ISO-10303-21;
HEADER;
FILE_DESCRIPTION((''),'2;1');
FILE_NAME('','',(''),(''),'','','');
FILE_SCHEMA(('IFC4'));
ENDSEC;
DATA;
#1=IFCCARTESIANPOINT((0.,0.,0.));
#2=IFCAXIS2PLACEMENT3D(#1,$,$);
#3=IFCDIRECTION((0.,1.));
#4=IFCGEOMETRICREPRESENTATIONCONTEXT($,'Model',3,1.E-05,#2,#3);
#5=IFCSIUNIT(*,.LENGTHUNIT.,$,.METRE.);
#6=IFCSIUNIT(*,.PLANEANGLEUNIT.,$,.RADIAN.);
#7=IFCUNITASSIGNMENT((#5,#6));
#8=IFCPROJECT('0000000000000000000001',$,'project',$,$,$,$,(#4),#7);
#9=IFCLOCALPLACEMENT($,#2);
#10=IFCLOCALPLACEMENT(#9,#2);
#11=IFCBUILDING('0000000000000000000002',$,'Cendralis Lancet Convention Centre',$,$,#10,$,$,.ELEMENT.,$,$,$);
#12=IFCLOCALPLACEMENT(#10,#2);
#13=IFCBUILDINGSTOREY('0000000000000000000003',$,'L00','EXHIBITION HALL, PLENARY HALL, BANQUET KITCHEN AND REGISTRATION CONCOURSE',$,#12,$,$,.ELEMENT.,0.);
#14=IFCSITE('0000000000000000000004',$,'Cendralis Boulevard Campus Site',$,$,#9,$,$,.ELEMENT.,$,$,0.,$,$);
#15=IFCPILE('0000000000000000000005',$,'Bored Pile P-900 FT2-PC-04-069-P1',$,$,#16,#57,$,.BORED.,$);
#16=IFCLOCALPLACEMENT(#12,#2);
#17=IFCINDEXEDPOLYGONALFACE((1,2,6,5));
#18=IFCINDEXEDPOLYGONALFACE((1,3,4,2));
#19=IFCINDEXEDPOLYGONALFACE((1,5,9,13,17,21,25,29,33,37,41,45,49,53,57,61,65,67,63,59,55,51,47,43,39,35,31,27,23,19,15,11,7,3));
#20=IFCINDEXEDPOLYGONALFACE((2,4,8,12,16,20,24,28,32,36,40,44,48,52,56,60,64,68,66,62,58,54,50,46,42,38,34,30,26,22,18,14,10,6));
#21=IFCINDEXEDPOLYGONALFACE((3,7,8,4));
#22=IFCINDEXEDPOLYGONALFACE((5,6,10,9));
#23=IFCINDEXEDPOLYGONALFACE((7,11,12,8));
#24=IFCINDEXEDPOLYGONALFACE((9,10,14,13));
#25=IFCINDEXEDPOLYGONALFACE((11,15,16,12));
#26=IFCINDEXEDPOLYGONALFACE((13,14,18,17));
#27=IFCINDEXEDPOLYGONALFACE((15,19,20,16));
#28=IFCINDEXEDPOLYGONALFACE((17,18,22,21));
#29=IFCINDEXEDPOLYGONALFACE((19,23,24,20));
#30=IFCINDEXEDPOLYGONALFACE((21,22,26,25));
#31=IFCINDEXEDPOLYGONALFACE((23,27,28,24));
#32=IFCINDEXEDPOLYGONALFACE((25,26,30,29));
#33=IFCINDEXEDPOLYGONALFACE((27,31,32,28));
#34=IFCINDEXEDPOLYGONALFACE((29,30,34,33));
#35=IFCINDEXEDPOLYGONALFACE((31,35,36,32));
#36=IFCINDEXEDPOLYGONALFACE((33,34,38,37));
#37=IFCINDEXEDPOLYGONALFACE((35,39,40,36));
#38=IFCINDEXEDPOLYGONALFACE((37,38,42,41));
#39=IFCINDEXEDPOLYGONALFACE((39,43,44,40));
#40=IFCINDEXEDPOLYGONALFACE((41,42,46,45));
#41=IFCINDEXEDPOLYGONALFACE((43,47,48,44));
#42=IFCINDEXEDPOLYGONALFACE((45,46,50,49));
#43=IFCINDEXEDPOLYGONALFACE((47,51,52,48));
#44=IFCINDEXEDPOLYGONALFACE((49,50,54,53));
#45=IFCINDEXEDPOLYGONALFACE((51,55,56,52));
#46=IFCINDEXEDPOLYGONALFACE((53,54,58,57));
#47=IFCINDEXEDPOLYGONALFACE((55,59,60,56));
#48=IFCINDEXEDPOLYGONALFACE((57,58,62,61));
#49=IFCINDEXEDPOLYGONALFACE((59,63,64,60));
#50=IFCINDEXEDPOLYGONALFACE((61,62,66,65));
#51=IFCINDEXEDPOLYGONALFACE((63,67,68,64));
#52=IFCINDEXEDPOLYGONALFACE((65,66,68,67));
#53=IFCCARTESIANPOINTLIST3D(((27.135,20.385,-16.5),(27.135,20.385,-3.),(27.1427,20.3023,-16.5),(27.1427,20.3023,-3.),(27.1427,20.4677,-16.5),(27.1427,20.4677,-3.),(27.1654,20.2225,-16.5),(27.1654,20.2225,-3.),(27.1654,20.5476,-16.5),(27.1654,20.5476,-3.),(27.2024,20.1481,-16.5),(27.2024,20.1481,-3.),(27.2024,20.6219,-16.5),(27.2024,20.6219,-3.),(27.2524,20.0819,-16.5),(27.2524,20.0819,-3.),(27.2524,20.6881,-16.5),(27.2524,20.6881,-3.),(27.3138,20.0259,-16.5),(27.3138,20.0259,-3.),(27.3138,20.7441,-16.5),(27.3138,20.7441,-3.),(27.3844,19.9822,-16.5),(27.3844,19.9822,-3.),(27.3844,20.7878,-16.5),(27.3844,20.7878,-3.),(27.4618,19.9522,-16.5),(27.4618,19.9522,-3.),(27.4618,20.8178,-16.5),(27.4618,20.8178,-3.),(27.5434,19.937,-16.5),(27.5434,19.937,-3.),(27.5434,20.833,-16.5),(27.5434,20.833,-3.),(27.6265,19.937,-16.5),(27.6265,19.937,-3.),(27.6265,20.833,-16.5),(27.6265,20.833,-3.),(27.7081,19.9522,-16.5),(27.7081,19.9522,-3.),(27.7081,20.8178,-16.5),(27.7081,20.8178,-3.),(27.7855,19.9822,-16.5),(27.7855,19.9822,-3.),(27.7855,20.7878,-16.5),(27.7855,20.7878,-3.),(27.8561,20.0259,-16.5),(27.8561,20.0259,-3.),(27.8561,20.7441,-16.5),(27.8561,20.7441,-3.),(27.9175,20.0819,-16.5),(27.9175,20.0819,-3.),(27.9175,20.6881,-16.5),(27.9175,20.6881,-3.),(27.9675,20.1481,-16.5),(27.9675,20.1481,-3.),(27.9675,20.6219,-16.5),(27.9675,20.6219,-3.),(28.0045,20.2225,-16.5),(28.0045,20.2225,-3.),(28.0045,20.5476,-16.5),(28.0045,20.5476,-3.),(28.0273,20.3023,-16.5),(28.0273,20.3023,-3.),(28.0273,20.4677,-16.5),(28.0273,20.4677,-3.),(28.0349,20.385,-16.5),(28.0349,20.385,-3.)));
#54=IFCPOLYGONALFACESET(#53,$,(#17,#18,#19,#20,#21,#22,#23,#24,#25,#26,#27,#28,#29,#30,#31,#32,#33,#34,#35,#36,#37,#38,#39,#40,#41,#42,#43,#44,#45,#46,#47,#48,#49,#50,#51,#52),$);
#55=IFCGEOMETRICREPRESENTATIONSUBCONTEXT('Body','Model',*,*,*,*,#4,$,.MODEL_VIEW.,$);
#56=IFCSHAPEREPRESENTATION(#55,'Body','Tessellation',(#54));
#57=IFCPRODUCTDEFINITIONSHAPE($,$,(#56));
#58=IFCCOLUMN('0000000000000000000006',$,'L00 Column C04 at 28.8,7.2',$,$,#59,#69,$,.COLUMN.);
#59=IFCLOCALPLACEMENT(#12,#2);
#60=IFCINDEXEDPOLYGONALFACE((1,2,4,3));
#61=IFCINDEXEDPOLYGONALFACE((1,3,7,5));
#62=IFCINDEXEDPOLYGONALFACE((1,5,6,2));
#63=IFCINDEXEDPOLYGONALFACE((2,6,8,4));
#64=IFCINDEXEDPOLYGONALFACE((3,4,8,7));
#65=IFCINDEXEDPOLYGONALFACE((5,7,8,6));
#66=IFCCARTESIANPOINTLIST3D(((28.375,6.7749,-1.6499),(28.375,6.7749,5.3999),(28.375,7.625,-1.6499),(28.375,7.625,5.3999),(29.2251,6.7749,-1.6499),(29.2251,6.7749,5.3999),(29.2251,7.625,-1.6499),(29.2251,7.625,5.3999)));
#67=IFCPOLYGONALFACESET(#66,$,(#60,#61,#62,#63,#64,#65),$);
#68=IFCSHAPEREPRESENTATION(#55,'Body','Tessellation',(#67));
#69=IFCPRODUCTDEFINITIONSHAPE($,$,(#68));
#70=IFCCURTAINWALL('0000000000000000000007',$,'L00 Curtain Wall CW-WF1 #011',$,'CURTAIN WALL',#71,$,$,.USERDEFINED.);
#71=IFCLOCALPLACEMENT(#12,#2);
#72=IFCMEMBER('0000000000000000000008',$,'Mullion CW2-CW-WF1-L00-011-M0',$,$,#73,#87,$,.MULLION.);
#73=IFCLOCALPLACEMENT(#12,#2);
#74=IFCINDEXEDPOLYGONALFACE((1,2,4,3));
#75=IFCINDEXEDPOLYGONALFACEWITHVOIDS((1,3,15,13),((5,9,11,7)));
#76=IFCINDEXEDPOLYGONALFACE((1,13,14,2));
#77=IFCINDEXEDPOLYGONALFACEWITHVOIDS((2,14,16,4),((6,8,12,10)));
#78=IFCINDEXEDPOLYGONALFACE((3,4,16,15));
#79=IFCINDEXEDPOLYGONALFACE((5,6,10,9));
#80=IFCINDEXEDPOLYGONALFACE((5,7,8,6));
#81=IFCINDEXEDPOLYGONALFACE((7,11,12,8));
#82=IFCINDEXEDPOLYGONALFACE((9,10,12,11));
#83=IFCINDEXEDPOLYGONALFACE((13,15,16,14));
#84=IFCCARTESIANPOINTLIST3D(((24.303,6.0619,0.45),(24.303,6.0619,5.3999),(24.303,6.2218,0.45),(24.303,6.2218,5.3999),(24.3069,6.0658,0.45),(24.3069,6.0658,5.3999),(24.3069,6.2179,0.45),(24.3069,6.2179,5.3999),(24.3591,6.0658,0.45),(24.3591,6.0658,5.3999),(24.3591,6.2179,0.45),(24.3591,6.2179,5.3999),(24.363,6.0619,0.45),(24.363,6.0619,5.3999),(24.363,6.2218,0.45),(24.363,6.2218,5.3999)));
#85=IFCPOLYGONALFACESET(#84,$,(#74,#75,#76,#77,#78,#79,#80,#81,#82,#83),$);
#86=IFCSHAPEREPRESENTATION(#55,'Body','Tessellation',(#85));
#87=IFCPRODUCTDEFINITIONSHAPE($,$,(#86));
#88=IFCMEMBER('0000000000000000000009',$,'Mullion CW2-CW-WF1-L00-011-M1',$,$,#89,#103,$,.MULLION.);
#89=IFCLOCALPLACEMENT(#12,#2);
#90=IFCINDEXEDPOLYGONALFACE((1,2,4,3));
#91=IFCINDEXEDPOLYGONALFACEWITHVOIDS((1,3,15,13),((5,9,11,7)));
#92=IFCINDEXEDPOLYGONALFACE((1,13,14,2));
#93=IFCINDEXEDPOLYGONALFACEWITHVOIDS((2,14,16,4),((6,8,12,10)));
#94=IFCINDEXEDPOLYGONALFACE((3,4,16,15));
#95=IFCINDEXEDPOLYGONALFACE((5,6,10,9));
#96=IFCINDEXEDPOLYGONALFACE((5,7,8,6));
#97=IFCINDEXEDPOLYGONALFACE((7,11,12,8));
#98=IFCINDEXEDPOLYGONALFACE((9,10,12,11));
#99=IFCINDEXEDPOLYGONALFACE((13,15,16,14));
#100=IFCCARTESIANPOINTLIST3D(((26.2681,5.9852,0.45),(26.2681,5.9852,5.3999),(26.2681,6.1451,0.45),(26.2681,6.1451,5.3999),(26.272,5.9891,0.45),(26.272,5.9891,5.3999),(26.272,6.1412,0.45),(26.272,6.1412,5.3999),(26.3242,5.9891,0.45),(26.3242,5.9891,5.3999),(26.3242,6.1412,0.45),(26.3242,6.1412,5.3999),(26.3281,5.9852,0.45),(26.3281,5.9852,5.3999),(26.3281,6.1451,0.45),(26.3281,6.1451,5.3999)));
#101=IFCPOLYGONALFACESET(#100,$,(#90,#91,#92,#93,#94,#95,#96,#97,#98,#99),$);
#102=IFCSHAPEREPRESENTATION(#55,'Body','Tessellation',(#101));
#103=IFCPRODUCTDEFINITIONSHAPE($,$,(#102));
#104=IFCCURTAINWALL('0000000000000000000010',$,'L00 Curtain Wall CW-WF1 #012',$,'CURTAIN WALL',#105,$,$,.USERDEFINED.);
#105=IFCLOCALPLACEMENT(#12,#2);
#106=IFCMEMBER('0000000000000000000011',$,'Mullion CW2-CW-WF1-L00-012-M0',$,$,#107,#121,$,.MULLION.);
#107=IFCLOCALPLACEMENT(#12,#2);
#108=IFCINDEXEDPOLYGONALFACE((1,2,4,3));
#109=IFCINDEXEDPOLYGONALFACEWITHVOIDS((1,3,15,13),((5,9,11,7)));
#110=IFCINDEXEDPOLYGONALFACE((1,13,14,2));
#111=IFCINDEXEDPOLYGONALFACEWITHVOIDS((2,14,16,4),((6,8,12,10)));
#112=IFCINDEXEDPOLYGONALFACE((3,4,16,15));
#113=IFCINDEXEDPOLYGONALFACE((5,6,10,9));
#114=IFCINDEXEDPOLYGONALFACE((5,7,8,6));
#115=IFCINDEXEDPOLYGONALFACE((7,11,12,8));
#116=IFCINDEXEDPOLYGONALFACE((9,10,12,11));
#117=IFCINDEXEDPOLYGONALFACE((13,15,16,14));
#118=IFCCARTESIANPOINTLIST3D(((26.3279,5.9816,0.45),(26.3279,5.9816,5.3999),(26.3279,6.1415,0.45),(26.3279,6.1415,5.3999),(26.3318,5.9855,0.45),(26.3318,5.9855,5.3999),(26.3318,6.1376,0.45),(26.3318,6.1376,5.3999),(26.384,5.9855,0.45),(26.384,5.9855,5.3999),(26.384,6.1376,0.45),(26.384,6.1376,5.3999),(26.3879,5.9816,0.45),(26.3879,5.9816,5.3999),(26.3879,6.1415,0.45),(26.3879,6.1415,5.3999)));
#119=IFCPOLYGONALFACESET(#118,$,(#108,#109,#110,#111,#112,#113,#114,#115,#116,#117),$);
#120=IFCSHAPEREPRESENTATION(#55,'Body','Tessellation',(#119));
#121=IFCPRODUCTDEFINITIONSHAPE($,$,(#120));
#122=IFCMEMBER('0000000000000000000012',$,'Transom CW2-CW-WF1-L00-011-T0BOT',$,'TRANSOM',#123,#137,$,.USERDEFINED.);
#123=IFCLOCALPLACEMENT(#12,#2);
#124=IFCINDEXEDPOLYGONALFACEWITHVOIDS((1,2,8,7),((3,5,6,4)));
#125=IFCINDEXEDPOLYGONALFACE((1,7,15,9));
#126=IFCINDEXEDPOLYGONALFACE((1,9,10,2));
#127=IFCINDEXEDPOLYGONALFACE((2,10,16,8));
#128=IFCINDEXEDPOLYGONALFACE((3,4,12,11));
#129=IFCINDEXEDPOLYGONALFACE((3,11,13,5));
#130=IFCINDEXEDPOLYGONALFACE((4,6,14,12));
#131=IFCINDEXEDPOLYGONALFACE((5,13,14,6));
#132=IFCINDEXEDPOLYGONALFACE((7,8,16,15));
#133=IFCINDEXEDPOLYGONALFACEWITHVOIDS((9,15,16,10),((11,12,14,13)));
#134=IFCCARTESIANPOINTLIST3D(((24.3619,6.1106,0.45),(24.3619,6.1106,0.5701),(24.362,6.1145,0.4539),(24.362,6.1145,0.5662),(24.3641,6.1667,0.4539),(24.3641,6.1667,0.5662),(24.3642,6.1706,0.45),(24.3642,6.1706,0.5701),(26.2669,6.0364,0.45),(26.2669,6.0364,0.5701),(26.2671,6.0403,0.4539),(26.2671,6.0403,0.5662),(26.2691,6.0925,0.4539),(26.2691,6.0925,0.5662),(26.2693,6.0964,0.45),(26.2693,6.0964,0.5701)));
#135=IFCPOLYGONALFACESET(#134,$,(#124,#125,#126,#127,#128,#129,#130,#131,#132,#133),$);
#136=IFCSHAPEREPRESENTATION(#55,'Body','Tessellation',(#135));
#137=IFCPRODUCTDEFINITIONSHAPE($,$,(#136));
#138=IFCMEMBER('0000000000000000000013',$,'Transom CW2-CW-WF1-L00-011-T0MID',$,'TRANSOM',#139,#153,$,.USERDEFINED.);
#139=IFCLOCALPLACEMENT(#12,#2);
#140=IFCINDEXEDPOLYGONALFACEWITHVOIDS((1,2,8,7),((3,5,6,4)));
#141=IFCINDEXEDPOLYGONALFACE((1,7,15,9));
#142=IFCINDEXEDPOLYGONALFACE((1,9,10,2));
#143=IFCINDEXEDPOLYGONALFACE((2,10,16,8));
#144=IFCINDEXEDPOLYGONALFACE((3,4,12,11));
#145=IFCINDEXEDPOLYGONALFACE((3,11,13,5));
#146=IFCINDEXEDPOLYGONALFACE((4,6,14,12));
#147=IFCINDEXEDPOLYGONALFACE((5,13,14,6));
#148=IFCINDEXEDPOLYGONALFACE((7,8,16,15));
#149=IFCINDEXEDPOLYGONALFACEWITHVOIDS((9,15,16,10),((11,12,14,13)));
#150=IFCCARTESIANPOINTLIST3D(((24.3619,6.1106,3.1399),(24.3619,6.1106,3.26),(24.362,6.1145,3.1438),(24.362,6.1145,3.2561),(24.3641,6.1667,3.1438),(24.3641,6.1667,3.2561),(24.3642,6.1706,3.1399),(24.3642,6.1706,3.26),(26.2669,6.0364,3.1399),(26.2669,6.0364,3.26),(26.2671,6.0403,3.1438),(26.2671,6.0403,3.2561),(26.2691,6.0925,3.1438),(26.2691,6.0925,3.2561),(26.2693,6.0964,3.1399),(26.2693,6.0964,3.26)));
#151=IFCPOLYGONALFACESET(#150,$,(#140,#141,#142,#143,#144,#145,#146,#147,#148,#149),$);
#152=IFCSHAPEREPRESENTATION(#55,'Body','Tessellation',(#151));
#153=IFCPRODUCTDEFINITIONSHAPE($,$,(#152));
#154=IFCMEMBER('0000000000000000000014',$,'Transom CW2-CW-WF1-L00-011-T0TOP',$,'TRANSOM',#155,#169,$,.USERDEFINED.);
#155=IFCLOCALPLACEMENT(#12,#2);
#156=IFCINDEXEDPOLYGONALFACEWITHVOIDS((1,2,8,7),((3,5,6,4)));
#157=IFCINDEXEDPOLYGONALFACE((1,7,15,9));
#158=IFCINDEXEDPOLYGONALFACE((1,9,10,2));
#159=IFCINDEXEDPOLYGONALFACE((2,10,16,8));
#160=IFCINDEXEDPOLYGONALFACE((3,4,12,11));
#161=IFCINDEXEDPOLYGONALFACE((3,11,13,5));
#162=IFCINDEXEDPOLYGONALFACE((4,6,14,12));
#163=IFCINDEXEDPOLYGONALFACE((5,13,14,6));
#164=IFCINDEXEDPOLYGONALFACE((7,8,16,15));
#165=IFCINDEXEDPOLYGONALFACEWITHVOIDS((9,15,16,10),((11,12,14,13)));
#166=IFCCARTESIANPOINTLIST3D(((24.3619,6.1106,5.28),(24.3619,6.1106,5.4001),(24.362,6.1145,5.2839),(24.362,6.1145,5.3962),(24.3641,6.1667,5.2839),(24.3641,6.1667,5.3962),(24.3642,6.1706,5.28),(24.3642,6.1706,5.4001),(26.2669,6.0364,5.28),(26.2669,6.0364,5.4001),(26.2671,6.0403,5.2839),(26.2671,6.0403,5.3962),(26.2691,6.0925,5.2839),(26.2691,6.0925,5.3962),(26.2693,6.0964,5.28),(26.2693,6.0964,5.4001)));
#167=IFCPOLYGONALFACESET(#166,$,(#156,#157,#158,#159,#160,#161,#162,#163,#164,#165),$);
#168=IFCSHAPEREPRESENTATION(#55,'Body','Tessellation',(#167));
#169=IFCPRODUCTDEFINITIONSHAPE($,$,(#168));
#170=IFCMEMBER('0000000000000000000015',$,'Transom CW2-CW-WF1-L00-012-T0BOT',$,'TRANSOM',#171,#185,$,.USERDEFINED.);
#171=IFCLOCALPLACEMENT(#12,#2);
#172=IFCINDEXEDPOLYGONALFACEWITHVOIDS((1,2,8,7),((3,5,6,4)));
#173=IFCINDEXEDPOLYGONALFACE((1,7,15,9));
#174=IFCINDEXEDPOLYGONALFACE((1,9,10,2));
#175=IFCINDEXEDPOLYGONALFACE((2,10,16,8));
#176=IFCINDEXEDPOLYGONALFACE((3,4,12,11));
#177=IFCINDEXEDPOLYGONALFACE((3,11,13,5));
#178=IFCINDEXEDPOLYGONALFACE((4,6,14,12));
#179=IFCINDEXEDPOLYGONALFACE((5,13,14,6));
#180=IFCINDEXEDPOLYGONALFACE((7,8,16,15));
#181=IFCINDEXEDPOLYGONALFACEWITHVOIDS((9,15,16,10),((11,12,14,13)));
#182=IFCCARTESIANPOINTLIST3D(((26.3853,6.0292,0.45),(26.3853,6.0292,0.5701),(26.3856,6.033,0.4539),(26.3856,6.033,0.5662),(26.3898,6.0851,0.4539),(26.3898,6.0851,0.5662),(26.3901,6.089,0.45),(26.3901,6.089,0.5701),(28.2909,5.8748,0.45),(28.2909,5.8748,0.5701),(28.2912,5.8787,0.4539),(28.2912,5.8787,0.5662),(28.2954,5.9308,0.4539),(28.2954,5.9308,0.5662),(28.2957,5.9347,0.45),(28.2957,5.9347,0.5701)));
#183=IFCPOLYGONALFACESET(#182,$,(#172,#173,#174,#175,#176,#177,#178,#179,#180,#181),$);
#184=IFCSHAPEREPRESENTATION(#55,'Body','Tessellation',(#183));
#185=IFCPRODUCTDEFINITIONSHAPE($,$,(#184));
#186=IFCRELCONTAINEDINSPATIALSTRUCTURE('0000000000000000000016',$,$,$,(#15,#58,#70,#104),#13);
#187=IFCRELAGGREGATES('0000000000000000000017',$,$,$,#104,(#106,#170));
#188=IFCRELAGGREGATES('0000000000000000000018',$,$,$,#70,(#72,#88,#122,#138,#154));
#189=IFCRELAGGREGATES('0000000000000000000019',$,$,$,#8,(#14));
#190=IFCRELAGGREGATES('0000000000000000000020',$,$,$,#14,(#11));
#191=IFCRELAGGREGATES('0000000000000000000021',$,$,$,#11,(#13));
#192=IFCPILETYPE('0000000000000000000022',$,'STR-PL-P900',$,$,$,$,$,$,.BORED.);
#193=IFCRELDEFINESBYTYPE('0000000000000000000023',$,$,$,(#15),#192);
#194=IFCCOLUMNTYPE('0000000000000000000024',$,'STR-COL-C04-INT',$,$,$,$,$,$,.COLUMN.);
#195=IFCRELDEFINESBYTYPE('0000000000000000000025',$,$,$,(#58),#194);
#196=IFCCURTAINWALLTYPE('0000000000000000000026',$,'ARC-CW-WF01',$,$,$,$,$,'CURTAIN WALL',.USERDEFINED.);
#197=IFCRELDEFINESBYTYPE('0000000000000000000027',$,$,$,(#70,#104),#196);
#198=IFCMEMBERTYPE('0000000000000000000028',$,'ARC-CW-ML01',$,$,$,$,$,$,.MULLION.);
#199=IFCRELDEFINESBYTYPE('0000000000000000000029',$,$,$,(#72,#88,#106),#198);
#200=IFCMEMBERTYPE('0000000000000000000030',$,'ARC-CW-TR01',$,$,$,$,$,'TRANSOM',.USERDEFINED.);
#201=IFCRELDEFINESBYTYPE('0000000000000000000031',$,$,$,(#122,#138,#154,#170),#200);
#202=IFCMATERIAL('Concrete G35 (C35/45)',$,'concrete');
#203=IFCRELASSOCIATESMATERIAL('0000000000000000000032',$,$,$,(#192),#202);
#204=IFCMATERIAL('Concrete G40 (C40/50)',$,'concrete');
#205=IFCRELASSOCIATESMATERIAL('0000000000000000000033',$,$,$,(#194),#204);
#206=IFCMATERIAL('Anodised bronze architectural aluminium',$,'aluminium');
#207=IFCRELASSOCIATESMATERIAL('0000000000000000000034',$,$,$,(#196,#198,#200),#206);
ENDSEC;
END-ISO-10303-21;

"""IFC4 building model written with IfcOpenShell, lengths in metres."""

from ifc_helpers import new_model, si_unit, direction, frame, origin, origin_2d, place, context, subcontext, project, spatial, rectangle, hollow_rectangle, circle, extrude, material, material_profile, profile_set, type_object, element, aggregate, save


model = new_model("IFC4")

# Units and contexts
model_context = context("Model", 3, precision=1e-05, world=origin(), true_north=direction((0.0, 1.0)))
body_context = subcontext(model_context, "Body", "Model", "MODEL_VIEW")
ifc_project = project(units=[si_unit("LENGTHUNIT", "METRE"), si_unit("PLANEANGLEUNIT", "RADIAN")], contexts=[model_context])

# Site, building, storey
site_placement = place(None, origin())
site = spatial("IfcSite", under=ifc_project, at=site_placement, Name="Cendralis Boulevard Campus Site", CompositionType="ELEMENT", RefElevation=0.0)
building_placement = place(site_placement, origin())
building = spatial("IfcBuilding", under=site, at=building_placement, Name="Cendralis Lancet Convention Centre", CompositionType="ELEMENT")
storey_placement = place(building_placement, origin())
storey = spatial("IfcBuildingStorey", under=building, at=storey_placement, Name="L00", Description="EXHIBITION HALL, PLENARY HALL, BANQUET KITCHEN AND REGISTRATION CONCOURSE", CompositionType="ELEMENT", Elevation=0.0)

# Shared definitions
ifc_material_1 = material(Name="Concrete G35 (C35/45)", Category="concrete")

# Pile
ifc_material_profile_1 = material_profile(ifc_material_1, circle(Radius=0.45, at=origin_2d()), Name="BORED PILE D900")
ifc_profile_set_1 = profile_set([ifc_material_profile_1], Name="Concrete G35 (C35/45)")
pile_type = type_object("IfcPileType", Name="STR-PL-P900", PredefinedType="BORED", material=ifc_profile_set_1)
for number, where, z_axis, x_axis, name in (
    (1, (27.585, 20.385, -3.0), (0.0, 0.0, -1.0), (1.0, 0.0, 0.0), "Bored Pile P-900 FT2-PC-04-069-P1"),
):
    element("IfcPile", number, at=place(storey_placement, frame(where, z_axis=z_axis, x_axis=x_axis)), inside=storey, type_object=pile_type, Name=name, PredefinedType="BORED", context=body_context, shape_type="SweptSolid", body=[
        extrude(circle(Radius=0.45, at=origin_2d()), origin(), (0.0, 0.0, 1.0), 13.5),
    ])

# Column
ifc_material_2 = material(Name="Concrete G40 (C40/50)", Category="concrete")
ifc_material_profile_2 = material_profile(ifc_material_2, rectangle(XDim=0.8501, YDim=0.8501, at=origin_2d()), Name="RC 850x850")
ifc_profile_set_2 = profile_set([ifc_material_profile_2], Name="Concrete G40 (C40/50)")
column_type = type_object("IfcColumnType", Name="STR-COL-C04-INT", PredefinedType="COLUMN", material=ifc_profile_set_2)
column_placement = place(storey_placement, frame((28.8, 7.2, -1.6499), z_axis=(0.0, 0.0, 1.0), x_axis=(1.0, 0.0, 0.0)))
element("IfcColumn", 2, at=column_placement, inside=storey, type_object=column_type, Name="L00 Column C04 at 28.8,7.2", PredefinedType="COLUMN", context=body_context, shape_type="SweptSolid", body=[
    extrude(rectangle(XDim=0.8501, YDim=0.8501, at=origin_2d()), origin(), (0.0, 0.0, 1.0), 7.0498),
])

# Curtain wall, members
ifc_material_3 = material(Name="Anodised bronze architectural aluminium", Category="aluminium")
curtain_wall_type = type_object("IfcCurtainWallType", Name="ARC-CW-WF01", ElementType="CURTAIN WALL", PredefinedType="USERDEFINED", material=ifc_material_3)
curtain_wall_1_placement = place(storey_placement, origin())
curtain_wall_1 = element("IfcCurtainWall", 3, at=curtain_wall_1_placement, inside=storey, type_object=curtain_wall_type, Name="L00 Curtain Wall CW-WF1 #011", ObjectType="CURTAIN WALL", PredefinedType="USERDEFINED")
ifc_material_profile_3 = material_profile(ifc_material_3, hollow_rectangle(XDim=0.0601, YDim=0.1599, WallThickness=0.0039, at=origin_2d()), Name="AL-MULL 60x160x4.0")
ifc_profile_set_3 = profile_set([ifc_material_profile_3], Name="Anodised bronze architectural aluminium")
member_type_1 = type_object("IfcMemberType", Name="ARC-CW-ML01", PredefinedType="MULLION", material=ifc_profile_set_3)
member_1_placement = place(storey_placement, frame((24.333, 6.1418, 0.45), z_axis=(0.0, 0.0, 1.0), x_axis=(1.0, 0.0, 0.0)))
member_1 = element("IfcMember", 4, at=member_1_placement, type_object=member_type_1, Name="Mullion CW2-CW-WF1-L00-011-M0", PredefinedType="MULLION", context=body_context, shape_type="SweptSolid", body=[
    extrude(hollow_rectangle(XDim=0.0601, YDim=0.1599, WallThickness=0.0039, at=origin_2d()), origin(), (0.0, 0.0, 1.0), 4.95),
])
member_2_placement = place(storey_placement, frame((26.2981, 6.0652, 0.45), z_axis=(0.0, 0.0, 1.0), x_axis=(1.0, 0.0, 0.0)))
member_2 = element("IfcMember", 5, at=member_2_placement, type_object=member_type_1, Name="Mullion CW2-CW-WF1-L00-011-M1", PredefinedType="MULLION", context=body_context, shape_type="SweptSolid", body=[
    extrude(hollow_rectangle(XDim=0.0601, YDim=0.1599, WallThickness=0.0039, at=origin_2d()), origin(), (0.0, 0.0, 1.0), 4.95),
])

# Curtain wall, member
curtain_wall_2_placement = place(storey_placement, origin())
curtain_wall_2 = element("IfcCurtainWall", 6, at=curtain_wall_2_placement, inside=storey, type_object=curtain_wall_type, Name="L00 Curtain Wall CW-WF1 #012", ObjectType="CURTAIN WALL", PredefinedType="USERDEFINED")
member_3_placement = place(storey_placement, frame((26.3579, 6.0615, 0.45), z_axis=(0.0, 0.0, 1.0), x_axis=(1.0, 0.0, 0.0)))
member_3 = element("IfcMember", 7, at=member_3_placement, type_object=member_type_1, Name="Mullion CW2-CW-WF1-L00-012-M0", PredefinedType="MULLION", context=body_context, shape_type="SweptSolid", body=[
    extrude(hollow_rectangle(XDim=0.0601, YDim=0.1599, WallThickness=0.0039, at=origin_2d()), origin(), (0.0, 0.0, 1.0), 4.95),
])

# Members
ifc_material_profile_4 = material_profile(ifc_material_3, hollow_rectangle(XDim=0.0601, YDim=0.1201, WallThickness=0.0039, at=origin_2d()), Name="AL-TRAN 60x120x4.0")
ifc_profile_set_4 = profile_set([ifc_material_profile_4], Name="Anodised bronze architectural aluminium")
member_type_2 = type_object("IfcMemberType", Name="ARC-CW-TR01", ElementType="TRANSOM", PredefinedType="USERDEFINED", material=ifc_profile_set_4)
member_4_placement = place(storey_placement, frame((24.363, 6.1406, 0.51), z_axis=(0.999242, -0.03893, 0.0), x_axis=(0.03893, 0.999242, 0.0)))
member_4 = element("IfcMember", 8, at=member_4_placement, type_object=member_type_2, Name="Transom CW2-CW-WF1-L00-011-T0BOT", ObjectType="TRANSOM", PredefinedType="USERDEFINED", context=body_context, shape_type="SweptSolid", body=[
    extrude(hollow_rectangle(XDim=0.0601, YDim=0.1201, WallThickness=0.0039, at=origin_2d()), origin(), (0.0, 0.0, 1.0), 1.9065),
])
member_5_placement = place(storey_placement, frame((24.363, 6.1406, 3.2), z_axis=(0.999242, -0.03893, 0.0), x_axis=(0.03893, 0.999242, 0.0)))
member_5 = element("IfcMember", 9, at=member_5_placement, type_object=member_type_2, Name="Transom CW2-CW-WF1-L00-011-T0MID", ObjectType="TRANSOM", PredefinedType="USERDEFINED", context=body_context, shape_type="SweptSolid", body=[
    extrude(hollow_rectangle(XDim=0.0601, YDim=0.1201, WallThickness=0.0039, at=origin_2d()), origin(), (0.0, 0.0, 1.0), 1.9065),
])
member_6_placement = place(storey_placement, frame((24.363, 6.1406, 5.3401), z_axis=(0.999242, -0.03893, 0.0), x_axis=(0.03893, 0.999242, 0.0)))
member_6 = element("IfcMember", 10, at=member_6_placement, type_object=member_type_2, Name="Transom CW2-CW-WF1-L00-011-T0TOP", ObjectType="TRANSOM", PredefinedType="USERDEFINED", context=body_context, shape_type="SweptSolid", body=[
    extrude(hollow_rectangle(XDim=0.0601, YDim=0.1201, WallThickness=0.0039, at=origin_2d()), origin(), (0.0, 0.0, 1.0), 1.9065),
])
member_7_placement = place(storey_placement, frame((26.3877, 6.0591, 0.51), z_axis=(0.996738, -0.08071, 0.0), x_axis=(0.08071, 0.996738, 0.0)))
member_7 = element("IfcMember", 11, at=member_7_placement, type_object=member_type_2, Name="Transom CW2-CW-WF1-L00-012-T0BOT", ObjectType="TRANSOM", PredefinedType="USERDEFINED", context=body_context, shape_type="SweptSolid", body=[
    extrude(hollow_rectangle(XDim=0.0601, YDim=0.1201, WallThickness=0.0039, at=origin_2d()), origin(), (0.0, 0.0, 1.0), 1.9119),
])
aggregate(curtain_wall_2, [member_3, member_7])

aggregate(curtain_wall_1, [member_1, member_2, member_4, member_5, member_6])

save(model, "model.ifc")
